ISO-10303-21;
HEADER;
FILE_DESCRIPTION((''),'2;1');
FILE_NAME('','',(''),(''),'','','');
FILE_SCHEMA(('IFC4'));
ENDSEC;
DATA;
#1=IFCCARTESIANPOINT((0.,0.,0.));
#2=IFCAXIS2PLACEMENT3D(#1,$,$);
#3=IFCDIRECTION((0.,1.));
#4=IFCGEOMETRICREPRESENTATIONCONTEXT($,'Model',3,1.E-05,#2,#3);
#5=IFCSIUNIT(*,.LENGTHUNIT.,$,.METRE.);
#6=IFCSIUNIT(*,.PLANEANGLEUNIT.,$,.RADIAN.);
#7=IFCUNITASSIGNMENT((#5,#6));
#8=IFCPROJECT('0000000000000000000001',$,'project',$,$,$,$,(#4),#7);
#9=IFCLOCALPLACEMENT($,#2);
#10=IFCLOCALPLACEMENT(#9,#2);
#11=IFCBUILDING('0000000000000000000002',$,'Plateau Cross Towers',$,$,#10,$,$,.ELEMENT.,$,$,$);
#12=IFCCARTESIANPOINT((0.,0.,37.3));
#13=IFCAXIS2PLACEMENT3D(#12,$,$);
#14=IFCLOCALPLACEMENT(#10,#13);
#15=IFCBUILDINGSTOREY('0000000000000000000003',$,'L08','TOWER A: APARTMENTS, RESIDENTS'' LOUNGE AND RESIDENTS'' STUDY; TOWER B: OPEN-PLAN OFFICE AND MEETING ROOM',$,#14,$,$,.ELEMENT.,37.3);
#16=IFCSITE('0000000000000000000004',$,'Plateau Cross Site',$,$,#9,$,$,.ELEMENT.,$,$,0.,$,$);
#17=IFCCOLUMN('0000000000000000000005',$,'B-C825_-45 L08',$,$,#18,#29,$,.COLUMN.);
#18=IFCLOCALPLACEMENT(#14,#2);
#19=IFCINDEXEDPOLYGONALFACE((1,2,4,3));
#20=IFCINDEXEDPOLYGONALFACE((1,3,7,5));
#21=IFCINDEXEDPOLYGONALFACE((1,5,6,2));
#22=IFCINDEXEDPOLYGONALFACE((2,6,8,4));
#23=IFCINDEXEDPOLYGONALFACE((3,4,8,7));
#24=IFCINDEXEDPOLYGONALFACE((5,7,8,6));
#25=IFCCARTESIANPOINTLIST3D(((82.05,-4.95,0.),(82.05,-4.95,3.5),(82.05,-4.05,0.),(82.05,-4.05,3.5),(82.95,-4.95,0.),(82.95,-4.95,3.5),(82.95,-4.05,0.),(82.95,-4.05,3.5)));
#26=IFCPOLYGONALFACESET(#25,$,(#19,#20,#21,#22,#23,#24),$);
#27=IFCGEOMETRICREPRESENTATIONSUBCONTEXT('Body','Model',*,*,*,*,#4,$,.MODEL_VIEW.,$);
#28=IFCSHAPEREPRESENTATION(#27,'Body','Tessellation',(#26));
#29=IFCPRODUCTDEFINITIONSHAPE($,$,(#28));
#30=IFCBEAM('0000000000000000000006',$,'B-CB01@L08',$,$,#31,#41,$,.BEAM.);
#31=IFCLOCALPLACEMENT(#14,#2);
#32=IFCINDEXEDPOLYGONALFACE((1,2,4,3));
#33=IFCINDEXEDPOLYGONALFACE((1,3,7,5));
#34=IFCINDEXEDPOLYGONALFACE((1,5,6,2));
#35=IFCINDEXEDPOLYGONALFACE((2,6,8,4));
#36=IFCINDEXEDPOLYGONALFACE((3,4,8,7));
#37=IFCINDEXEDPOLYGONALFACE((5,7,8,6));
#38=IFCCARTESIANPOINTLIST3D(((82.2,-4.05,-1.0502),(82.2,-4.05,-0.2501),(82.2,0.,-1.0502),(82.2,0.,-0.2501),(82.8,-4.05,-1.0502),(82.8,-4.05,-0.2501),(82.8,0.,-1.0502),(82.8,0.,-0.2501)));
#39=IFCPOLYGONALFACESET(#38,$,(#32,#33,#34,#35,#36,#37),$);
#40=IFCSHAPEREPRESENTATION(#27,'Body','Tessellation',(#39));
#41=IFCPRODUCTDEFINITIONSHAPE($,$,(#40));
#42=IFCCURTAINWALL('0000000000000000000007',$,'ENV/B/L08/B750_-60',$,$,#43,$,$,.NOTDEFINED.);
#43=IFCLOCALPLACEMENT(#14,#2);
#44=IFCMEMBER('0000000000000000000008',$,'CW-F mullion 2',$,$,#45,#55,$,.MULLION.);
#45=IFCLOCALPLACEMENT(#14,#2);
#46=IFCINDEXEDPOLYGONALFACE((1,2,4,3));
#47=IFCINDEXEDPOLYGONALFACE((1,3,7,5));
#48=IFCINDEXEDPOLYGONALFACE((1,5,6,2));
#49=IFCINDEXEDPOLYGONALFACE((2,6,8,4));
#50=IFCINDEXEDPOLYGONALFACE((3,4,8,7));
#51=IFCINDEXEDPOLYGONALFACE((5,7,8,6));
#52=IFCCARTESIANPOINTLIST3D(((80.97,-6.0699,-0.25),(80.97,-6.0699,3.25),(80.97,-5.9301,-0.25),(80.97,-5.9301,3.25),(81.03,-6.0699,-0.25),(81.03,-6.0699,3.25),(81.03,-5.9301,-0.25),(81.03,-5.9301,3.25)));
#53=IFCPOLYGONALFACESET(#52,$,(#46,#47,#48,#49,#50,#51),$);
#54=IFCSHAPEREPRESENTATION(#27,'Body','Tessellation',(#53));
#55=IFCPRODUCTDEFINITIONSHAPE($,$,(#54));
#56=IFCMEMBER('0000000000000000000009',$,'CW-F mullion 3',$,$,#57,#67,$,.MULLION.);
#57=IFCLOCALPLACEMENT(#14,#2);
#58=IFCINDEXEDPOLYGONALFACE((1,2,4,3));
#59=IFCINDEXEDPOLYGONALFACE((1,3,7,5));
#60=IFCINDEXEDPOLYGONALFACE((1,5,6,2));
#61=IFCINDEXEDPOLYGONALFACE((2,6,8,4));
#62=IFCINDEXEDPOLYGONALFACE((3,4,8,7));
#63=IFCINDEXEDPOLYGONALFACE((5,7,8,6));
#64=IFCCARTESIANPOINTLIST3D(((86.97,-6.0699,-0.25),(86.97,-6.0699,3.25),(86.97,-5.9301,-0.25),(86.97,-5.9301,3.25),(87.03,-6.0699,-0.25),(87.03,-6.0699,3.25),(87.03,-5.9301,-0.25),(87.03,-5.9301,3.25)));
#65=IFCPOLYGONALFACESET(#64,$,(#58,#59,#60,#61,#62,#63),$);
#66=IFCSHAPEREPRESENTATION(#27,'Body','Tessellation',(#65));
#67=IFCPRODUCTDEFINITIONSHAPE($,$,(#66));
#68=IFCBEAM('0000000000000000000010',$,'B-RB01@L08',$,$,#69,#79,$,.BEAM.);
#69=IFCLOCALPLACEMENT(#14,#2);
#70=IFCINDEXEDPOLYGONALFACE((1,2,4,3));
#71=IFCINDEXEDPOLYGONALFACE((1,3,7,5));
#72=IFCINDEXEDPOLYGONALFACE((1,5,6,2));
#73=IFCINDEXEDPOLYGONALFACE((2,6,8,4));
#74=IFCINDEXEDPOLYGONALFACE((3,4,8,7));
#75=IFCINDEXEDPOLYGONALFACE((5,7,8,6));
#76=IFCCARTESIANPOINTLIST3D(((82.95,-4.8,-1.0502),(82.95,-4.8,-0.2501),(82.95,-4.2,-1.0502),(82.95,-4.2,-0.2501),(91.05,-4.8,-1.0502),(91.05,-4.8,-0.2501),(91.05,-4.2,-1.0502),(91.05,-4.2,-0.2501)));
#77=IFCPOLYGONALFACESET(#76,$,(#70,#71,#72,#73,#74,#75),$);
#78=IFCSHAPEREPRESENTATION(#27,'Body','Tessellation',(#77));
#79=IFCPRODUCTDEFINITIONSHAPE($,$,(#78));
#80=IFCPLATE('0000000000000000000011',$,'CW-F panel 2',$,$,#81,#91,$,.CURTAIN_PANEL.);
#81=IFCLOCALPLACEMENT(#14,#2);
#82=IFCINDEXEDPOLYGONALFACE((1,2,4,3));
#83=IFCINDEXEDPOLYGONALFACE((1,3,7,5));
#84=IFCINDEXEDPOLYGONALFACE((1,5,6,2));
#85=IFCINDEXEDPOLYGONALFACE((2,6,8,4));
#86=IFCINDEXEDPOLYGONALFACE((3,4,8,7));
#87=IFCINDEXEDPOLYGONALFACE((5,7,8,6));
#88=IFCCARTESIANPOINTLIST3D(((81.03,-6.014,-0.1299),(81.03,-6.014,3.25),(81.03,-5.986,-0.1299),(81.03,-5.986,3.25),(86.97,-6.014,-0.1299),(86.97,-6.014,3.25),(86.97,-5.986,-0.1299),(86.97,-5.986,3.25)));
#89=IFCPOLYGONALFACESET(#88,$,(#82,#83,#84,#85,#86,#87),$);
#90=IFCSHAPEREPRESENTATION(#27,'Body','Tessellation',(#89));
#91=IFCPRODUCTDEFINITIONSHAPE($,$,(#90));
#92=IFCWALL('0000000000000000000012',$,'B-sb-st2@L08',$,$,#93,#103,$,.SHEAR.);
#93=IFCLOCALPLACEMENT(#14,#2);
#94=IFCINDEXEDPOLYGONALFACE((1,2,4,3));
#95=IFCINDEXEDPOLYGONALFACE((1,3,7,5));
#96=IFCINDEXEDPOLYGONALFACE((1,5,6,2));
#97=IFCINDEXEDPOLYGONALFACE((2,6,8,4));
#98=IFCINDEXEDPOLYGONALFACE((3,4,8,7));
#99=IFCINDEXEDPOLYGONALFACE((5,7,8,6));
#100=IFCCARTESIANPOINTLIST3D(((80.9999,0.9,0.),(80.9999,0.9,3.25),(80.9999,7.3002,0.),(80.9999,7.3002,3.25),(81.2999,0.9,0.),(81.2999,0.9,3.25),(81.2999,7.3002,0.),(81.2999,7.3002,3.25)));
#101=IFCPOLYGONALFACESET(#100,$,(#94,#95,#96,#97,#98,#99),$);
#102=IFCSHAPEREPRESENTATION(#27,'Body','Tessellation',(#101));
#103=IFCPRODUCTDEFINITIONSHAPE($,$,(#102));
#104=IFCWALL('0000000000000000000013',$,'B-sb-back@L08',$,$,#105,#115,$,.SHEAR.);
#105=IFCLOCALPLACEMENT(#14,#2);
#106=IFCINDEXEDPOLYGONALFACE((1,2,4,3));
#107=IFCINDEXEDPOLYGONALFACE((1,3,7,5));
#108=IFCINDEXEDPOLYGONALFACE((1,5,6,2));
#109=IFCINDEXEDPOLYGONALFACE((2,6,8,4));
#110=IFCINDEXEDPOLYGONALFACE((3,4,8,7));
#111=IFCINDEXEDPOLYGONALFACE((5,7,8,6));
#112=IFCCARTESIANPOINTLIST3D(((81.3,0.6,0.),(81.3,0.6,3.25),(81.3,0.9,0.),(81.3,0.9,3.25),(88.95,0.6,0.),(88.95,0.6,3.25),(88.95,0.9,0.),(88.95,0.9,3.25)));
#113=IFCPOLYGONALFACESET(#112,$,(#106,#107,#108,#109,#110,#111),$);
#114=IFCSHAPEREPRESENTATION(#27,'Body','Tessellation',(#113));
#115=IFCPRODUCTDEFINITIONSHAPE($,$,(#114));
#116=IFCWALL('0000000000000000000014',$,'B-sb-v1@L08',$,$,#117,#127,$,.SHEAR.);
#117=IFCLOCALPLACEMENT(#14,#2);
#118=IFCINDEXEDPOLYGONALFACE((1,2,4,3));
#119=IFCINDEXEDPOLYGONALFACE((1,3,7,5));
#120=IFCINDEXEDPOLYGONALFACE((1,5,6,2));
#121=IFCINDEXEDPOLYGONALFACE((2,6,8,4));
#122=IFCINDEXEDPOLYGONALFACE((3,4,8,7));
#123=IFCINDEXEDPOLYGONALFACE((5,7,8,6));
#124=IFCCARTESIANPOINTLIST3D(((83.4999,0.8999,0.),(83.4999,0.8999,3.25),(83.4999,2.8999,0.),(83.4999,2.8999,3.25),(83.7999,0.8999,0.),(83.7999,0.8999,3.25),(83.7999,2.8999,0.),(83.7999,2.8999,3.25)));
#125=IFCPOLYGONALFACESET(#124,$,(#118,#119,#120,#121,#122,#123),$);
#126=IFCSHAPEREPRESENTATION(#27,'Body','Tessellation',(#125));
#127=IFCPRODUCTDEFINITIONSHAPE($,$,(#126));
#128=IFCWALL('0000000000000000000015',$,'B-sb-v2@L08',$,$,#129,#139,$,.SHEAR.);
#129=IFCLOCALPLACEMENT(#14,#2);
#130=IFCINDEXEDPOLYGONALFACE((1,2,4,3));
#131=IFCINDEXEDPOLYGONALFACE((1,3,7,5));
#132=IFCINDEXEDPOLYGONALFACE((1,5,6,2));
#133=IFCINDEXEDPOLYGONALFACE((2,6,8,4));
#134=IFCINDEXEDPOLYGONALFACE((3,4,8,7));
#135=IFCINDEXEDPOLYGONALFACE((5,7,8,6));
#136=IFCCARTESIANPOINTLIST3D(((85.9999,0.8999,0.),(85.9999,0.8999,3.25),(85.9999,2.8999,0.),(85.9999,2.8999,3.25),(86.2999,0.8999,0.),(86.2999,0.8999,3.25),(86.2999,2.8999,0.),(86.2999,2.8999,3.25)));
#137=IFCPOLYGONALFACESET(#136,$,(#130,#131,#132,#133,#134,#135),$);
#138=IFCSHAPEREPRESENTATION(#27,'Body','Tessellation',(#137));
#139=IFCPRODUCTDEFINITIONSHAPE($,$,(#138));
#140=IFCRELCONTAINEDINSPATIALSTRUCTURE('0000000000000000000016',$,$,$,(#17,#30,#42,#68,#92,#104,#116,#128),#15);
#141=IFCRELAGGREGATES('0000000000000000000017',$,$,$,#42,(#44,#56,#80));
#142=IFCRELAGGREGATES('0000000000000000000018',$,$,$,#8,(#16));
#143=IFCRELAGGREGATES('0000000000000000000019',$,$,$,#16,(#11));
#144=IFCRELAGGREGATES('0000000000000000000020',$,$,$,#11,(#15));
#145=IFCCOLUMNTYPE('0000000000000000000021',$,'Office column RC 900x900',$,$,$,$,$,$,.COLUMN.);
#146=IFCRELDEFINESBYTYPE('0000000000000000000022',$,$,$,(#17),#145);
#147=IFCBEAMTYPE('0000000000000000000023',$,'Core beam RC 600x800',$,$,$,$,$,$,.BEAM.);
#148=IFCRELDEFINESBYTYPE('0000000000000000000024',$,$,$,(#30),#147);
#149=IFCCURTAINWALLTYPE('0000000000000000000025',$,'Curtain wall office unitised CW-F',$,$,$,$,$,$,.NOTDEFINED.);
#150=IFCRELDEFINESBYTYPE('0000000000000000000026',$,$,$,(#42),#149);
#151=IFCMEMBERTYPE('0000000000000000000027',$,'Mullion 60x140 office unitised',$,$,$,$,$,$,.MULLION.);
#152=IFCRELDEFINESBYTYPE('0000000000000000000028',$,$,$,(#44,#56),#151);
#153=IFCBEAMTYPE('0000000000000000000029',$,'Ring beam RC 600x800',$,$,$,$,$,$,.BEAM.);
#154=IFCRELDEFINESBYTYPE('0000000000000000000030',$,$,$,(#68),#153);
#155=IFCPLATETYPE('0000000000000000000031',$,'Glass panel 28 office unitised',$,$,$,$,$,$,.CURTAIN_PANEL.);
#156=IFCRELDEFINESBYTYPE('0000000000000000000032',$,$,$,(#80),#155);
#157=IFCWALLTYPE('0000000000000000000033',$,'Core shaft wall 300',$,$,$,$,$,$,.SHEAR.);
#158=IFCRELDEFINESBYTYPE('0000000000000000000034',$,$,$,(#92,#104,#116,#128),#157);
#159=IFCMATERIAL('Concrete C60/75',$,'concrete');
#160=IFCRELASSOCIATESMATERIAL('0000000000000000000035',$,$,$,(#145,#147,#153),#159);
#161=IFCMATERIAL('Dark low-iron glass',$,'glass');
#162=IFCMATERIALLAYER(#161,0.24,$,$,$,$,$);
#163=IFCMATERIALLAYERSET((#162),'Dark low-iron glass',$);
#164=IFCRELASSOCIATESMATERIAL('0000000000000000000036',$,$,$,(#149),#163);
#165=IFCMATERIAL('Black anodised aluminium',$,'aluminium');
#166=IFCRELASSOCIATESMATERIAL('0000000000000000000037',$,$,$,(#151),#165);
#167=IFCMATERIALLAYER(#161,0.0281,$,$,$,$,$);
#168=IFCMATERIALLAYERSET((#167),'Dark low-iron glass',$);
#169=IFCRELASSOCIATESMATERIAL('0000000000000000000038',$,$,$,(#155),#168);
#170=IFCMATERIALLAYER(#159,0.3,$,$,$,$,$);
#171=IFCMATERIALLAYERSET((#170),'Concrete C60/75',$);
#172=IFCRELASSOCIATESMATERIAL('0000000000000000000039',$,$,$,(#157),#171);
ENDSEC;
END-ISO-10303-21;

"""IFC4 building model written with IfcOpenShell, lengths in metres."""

from ifc_helpers import new_model, si_unit, direction, frame, frame_2d, origin, origin_2d, place, context, subcontext, project, spatial, rectangle, extrude, material, layer, layer_set, material_profile, profile_set, type_object, element, aggregate, save


model = new_model("IFC4")

# Units and contexts
model_context = context("Model", 3, precision=1e-05, world=origin(), true_north=direction((0.0, 1.0)))
body_context = subcontext(model_context, "Body", "Model", "MODEL_VIEW")
ifc_project = project(units=[si_unit("LENGTHUNIT", "METRE"), si_unit("PLANEANGLEUNIT", "RADIAN")], contexts=[model_context])

# Site, building, storey
site_placement = place(None, origin())
site = spatial("IfcSite", under=ifc_project, at=site_placement, Name="Plateau Cross Site", CompositionType="ELEMENT", RefElevation=0.0)
building_placement = place(site_placement, origin())
building = spatial("IfcBuilding", under=site, at=building_placement, Name="Plateau Cross Towers", CompositionType="ELEMENT")
storey_placement = place(building_placement, frame((0.0, 0.0, 37.3)))
storey = spatial("IfcBuildingStorey", under=building, at=storey_placement, Name="L08", Description="TOWER A: APARTMENTS, RESIDENTS' LOUNGE AND RESIDENTS' STUDY; TOWER B: OPEN-PLAN OFFICE AND MEETING ROOM", CompositionType="ELEMENT", Elevation=37.3)

# Column
ifc_material_1 = material(Name="Concrete C60/75", Category="concrete")
ifc_material_profile_1 = material_profile(ifc_material_1, rectangle(XDim=0.8999, YDim=0.8999, at=origin_2d()), Name="RC 900x900")
ifc_profile_set_1 = profile_set([ifc_material_profile_1], Name="Concrete C60/75")
column_type = type_object("IfcColumnType", Name="Office column RC 900x900", PredefinedType="COLUMN", material=ifc_profile_set_1)
column_placement = place(storey_placement, frame((82.5, -4.5, 0.0), z_axis=(0.0, 0.0, 1.0), x_axis=(1.0, 0.0, 0.0)))
element("IfcColumn", 1, at=column_placement, inside=storey, type_object=column_type, Name="B-C825_-45 L08", PredefinedType="COLUMN", context=body_context, shape_type="SweptSolid", body=[
    extrude(rectangle(XDim=0.8999, YDim=0.8999, at=origin_2d()), origin(), (0.0, 0.0, 1.0), 3.5),
])

# Beam
ifc_material_profile_2 = material_profile(ifc_material_1, rectangle(XDim=0.6001, YDim=0.8, at=origin_2d()), Name="RC 600x800")
ifc_profile_set_2 = profile_set([ifc_material_profile_2], Name="Concrete C60/75")
beam_type_1 = type_object("IfcBeamType", Name="Core beam RC 600x800", PredefinedType="BEAM", material=ifc_profile_set_2)
beam_1_placement = place(storey_placement, frame((82.5, 0.0, -0.6501), z_axis=(0.0, -1.0, 0.0), x_axis=(1.0, 0.0, 0.0)))
element("IfcBeam", 2, at=beam_1_placement, inside=storey, type_object=beam_type_1, Name="B-CB01@L08", PredefinedType="BEAM", context=body_context, shape_type="SweptSolid", body=[
    extrude(rectangle(XDim=0.6001, YDim=0.8, at=origin_2d()), origin(), (0.0, 0.0, 1.0), 4.05),
])

# Curtain wall, members
ifc_material_2 = material(Name="Dark low-iron glass", Category="glass")
ifc_layer_1 = layer(ifc_material_2, 0.24)
ifc_layer_set_1 = layer_set([ifc_layer_1], Name="Dark low-iron glass")
curtain_wall_type = type_object("IfcCurtainWallType", Name="Curtain wall office unitised CW-F", PredefinedType="NOTDEFINED", material=ifc_layer_set_1)
curtain_wall_placement = place(storey_placement, origin())
curtain_wall = element("IfcCurtainWall", 3, at=curtain_wall_placement, inside=storey, type_object=curtain_wall_type, Name="ENV/B/L08/B750_-60", PredefinedType="NOTDEFINED")
ifc_material_3 = material(Name="Black anodised aluminium", Category="aluminium")
ifc_material_profile_3 = material_profile(ifc_material_3, rectangle(XDim=0.0601, YDim=0.1399, at=origin_2d()), Name="MULLION 60x140")
ifc_profile_set_3 = profile_set([ifc_material_profile_3], Name="Black anodised aluminium")
member_type = type_object("IfcMemberType", Name="Mullion 60x140 office unitised", PredefinedType="MULLION", material=ifc_profile_set_3)
member_1_placement = place(storey_placement, frame((81.0, -6.0, -0.25), z_axis=(0.0, 0.0, 1.0), x_axis=(1.0, 0.0, 0.0)))
member_1 = element("IfcMember", 4, at=member_1_placement, type_object=member_type, Name="CW-F mullion 2", PredefinedType="MULLION", context=body_context, shape_type="SweptSolid", body=[
    extrude(rectangle(XDim=0.0601, YDim=0.1399, at=origin_2d()), origin(), (0.0, 0.0, 1.0), 3.5),
])
member_2_placement = place(storey_placement, frame((87.0, -6.0, -0.25), z_axis=(0.0, 0.0, 1.0), x_axis=(1.0, 0.0, 0.0)))
member_2 = element("IfcMember", 5, at=member_2_placement, type_object=member_type, Name="CW-F mullion 3", PredefinedType="MULLION", context=body_context, shape_type="SweptSolid", body=[
    extrude(rectangle(XDim=0.0601, YDim=0.1399, at=origin_2d()), origin(), (0.0, 0.0, 1.0), 3.5),
])

# Beam
ifc_material_profile_4 = material_profile(ifc_material_1, rectangle(XDim=0.6001, YDim=0.8, at=origin_2d()), Name="RC 600x800")
ifc_profile_set_4 = profile_set([ifc_material_profile_4], Name="Concrete C60/75")
beam_type_2 = type_object("IfcBeamType", Name="Ring beam RC 600x800", PredefinedType="BEAM", material=ifc_profile_set_4)
beam_2_placement = place(storey_placement, frame((82.95, -4.5, -0.6501), z_axis=(1.0, 0.0, 0.0), x_axis=(0.0, 1.0, 0.0)))
element("IfcBeam", 6, at=beam_2_placement, inside=storey, type_object=beam_type_2, Name="B-RB01@L08", PredefinedType="BEAM", context=body_context, shape_type="SweptSolid", body=[
    extrude(rectangle(XDim=0.6001, YDim=0.8, at=origin_2d()), origin(), (0.0, 0.0, 1.0), 8.1001),
])

# Plate
ifc_layer_2 = layer(ifc_material_2, 0.0281)
ifc_layer_set_2 = layer_set([ifc_layer_2], Name="Dark low-iron glass")
plate_type = type_object("IfcPlateType", Name="Glass panel 28 office unitised", PredefinedType="CURTAIN_PANEL", material=ifc_layer_set_2)
plate_placement = place(storey_placement, frame((84.0, -6.0, -0.1299), z_axis=(0.0, 0.0, 1.0), x_axis=(1.0, 0.0, 0.0)))
plate = element("IfcPlate", 7, at=plate_placement, type_object=plate_type, Name="CW-F panel 2", PredefinedType="CURTAIN_PANEL", context=body_context, shape_type="SweptSolid", body=[
    extrude(rectangle(XDim=5.9399, YDim=0.0281, at=origin_2d()), origin(), (0.0, 0.0, 1.0), 3.3799),
])
aggregate(curtain_wall, [member_1, member_2, plate])

# Walls
ifc_layer_3 = layer(ifc_material_1, 0.3)
ifc_layer_set_3 = layer_set([ifc_layer_3], Name="Concrete C60/75")
wall_type_1 = type_object("IfcWallType", Name="Core shaft wall 300", PredefinedType="SHEAR", material=ifc_layer_set_3)
wall_1_placement = place(storey_placement, frame((81.1499, 0.8999, 0.0), z_axis=(0.0, 0.0, 1.0), x_axis=(0.0, 1.0, 0.0)))
element("IfcWall", 8, at=wall_1_placement, inside=storey, type_object=wall_type_1, Name="B-sb-st2@L08", PredefinedType="SHEAR", context=body_context, shape_type="SweptSolid", body=[
    extrude(rectangle(XDim=6.4001, YDim=0.3, at=frame_2d((3.2002, 0.0))), origin(), (0.0, 0.0, 1.0), 3.25),
])
wall_2_placement = place(storey_placement, frame((81.3, 0.75, 0.0), z_axis=(0.0, 0.0, 1.0), x_axis=(1.0, 0.0, 0.0)))
element("IfcWall", 9, at=wall_2_placement, inside=storey, type_object=wall_type_1, Name="B-sb-back@L08", PredefinedType="SHEAR", context=body_context, shape_type="SweptSolid", body=[
    extrude(rectangle(XDim=7.6499, YDim=0.3, at=frame_2d((3.825, 0.0))), origin(), (0.0, 0.0, 1.0), 3.25),
])
for number, where, z_axis, x_axis, name in (
    (10, (83.6499, 0.8999, 0.0), (0.0, 0.0, 1.0), (0.0, 1.0, 0.0), "B-sb-v1@L08"),
    (11, (86.1499, 0.8999, 0.0), (0.0, 0.0, 1.0), (0.0, 1.0, 0.0), "B-sb-v2@L08"),
):
    element("IfcWall", number, at=place(storey_placement, frame(where, z_axis=z_axis, x_axis=x_axis)), inside=storey, type_object=wall_type_1, Name=name, PredefinedType="SHEAR", context=body_context, shape_type="SweptSolid", body=[
        extrude(rectangle(XDim=2.0, YDim=0.3, at=frame_2d((1.0, 0.0))), origin(), (0.0, 0.0, 1.0), 3.25),
    ])

save(model, "model.ifc")
